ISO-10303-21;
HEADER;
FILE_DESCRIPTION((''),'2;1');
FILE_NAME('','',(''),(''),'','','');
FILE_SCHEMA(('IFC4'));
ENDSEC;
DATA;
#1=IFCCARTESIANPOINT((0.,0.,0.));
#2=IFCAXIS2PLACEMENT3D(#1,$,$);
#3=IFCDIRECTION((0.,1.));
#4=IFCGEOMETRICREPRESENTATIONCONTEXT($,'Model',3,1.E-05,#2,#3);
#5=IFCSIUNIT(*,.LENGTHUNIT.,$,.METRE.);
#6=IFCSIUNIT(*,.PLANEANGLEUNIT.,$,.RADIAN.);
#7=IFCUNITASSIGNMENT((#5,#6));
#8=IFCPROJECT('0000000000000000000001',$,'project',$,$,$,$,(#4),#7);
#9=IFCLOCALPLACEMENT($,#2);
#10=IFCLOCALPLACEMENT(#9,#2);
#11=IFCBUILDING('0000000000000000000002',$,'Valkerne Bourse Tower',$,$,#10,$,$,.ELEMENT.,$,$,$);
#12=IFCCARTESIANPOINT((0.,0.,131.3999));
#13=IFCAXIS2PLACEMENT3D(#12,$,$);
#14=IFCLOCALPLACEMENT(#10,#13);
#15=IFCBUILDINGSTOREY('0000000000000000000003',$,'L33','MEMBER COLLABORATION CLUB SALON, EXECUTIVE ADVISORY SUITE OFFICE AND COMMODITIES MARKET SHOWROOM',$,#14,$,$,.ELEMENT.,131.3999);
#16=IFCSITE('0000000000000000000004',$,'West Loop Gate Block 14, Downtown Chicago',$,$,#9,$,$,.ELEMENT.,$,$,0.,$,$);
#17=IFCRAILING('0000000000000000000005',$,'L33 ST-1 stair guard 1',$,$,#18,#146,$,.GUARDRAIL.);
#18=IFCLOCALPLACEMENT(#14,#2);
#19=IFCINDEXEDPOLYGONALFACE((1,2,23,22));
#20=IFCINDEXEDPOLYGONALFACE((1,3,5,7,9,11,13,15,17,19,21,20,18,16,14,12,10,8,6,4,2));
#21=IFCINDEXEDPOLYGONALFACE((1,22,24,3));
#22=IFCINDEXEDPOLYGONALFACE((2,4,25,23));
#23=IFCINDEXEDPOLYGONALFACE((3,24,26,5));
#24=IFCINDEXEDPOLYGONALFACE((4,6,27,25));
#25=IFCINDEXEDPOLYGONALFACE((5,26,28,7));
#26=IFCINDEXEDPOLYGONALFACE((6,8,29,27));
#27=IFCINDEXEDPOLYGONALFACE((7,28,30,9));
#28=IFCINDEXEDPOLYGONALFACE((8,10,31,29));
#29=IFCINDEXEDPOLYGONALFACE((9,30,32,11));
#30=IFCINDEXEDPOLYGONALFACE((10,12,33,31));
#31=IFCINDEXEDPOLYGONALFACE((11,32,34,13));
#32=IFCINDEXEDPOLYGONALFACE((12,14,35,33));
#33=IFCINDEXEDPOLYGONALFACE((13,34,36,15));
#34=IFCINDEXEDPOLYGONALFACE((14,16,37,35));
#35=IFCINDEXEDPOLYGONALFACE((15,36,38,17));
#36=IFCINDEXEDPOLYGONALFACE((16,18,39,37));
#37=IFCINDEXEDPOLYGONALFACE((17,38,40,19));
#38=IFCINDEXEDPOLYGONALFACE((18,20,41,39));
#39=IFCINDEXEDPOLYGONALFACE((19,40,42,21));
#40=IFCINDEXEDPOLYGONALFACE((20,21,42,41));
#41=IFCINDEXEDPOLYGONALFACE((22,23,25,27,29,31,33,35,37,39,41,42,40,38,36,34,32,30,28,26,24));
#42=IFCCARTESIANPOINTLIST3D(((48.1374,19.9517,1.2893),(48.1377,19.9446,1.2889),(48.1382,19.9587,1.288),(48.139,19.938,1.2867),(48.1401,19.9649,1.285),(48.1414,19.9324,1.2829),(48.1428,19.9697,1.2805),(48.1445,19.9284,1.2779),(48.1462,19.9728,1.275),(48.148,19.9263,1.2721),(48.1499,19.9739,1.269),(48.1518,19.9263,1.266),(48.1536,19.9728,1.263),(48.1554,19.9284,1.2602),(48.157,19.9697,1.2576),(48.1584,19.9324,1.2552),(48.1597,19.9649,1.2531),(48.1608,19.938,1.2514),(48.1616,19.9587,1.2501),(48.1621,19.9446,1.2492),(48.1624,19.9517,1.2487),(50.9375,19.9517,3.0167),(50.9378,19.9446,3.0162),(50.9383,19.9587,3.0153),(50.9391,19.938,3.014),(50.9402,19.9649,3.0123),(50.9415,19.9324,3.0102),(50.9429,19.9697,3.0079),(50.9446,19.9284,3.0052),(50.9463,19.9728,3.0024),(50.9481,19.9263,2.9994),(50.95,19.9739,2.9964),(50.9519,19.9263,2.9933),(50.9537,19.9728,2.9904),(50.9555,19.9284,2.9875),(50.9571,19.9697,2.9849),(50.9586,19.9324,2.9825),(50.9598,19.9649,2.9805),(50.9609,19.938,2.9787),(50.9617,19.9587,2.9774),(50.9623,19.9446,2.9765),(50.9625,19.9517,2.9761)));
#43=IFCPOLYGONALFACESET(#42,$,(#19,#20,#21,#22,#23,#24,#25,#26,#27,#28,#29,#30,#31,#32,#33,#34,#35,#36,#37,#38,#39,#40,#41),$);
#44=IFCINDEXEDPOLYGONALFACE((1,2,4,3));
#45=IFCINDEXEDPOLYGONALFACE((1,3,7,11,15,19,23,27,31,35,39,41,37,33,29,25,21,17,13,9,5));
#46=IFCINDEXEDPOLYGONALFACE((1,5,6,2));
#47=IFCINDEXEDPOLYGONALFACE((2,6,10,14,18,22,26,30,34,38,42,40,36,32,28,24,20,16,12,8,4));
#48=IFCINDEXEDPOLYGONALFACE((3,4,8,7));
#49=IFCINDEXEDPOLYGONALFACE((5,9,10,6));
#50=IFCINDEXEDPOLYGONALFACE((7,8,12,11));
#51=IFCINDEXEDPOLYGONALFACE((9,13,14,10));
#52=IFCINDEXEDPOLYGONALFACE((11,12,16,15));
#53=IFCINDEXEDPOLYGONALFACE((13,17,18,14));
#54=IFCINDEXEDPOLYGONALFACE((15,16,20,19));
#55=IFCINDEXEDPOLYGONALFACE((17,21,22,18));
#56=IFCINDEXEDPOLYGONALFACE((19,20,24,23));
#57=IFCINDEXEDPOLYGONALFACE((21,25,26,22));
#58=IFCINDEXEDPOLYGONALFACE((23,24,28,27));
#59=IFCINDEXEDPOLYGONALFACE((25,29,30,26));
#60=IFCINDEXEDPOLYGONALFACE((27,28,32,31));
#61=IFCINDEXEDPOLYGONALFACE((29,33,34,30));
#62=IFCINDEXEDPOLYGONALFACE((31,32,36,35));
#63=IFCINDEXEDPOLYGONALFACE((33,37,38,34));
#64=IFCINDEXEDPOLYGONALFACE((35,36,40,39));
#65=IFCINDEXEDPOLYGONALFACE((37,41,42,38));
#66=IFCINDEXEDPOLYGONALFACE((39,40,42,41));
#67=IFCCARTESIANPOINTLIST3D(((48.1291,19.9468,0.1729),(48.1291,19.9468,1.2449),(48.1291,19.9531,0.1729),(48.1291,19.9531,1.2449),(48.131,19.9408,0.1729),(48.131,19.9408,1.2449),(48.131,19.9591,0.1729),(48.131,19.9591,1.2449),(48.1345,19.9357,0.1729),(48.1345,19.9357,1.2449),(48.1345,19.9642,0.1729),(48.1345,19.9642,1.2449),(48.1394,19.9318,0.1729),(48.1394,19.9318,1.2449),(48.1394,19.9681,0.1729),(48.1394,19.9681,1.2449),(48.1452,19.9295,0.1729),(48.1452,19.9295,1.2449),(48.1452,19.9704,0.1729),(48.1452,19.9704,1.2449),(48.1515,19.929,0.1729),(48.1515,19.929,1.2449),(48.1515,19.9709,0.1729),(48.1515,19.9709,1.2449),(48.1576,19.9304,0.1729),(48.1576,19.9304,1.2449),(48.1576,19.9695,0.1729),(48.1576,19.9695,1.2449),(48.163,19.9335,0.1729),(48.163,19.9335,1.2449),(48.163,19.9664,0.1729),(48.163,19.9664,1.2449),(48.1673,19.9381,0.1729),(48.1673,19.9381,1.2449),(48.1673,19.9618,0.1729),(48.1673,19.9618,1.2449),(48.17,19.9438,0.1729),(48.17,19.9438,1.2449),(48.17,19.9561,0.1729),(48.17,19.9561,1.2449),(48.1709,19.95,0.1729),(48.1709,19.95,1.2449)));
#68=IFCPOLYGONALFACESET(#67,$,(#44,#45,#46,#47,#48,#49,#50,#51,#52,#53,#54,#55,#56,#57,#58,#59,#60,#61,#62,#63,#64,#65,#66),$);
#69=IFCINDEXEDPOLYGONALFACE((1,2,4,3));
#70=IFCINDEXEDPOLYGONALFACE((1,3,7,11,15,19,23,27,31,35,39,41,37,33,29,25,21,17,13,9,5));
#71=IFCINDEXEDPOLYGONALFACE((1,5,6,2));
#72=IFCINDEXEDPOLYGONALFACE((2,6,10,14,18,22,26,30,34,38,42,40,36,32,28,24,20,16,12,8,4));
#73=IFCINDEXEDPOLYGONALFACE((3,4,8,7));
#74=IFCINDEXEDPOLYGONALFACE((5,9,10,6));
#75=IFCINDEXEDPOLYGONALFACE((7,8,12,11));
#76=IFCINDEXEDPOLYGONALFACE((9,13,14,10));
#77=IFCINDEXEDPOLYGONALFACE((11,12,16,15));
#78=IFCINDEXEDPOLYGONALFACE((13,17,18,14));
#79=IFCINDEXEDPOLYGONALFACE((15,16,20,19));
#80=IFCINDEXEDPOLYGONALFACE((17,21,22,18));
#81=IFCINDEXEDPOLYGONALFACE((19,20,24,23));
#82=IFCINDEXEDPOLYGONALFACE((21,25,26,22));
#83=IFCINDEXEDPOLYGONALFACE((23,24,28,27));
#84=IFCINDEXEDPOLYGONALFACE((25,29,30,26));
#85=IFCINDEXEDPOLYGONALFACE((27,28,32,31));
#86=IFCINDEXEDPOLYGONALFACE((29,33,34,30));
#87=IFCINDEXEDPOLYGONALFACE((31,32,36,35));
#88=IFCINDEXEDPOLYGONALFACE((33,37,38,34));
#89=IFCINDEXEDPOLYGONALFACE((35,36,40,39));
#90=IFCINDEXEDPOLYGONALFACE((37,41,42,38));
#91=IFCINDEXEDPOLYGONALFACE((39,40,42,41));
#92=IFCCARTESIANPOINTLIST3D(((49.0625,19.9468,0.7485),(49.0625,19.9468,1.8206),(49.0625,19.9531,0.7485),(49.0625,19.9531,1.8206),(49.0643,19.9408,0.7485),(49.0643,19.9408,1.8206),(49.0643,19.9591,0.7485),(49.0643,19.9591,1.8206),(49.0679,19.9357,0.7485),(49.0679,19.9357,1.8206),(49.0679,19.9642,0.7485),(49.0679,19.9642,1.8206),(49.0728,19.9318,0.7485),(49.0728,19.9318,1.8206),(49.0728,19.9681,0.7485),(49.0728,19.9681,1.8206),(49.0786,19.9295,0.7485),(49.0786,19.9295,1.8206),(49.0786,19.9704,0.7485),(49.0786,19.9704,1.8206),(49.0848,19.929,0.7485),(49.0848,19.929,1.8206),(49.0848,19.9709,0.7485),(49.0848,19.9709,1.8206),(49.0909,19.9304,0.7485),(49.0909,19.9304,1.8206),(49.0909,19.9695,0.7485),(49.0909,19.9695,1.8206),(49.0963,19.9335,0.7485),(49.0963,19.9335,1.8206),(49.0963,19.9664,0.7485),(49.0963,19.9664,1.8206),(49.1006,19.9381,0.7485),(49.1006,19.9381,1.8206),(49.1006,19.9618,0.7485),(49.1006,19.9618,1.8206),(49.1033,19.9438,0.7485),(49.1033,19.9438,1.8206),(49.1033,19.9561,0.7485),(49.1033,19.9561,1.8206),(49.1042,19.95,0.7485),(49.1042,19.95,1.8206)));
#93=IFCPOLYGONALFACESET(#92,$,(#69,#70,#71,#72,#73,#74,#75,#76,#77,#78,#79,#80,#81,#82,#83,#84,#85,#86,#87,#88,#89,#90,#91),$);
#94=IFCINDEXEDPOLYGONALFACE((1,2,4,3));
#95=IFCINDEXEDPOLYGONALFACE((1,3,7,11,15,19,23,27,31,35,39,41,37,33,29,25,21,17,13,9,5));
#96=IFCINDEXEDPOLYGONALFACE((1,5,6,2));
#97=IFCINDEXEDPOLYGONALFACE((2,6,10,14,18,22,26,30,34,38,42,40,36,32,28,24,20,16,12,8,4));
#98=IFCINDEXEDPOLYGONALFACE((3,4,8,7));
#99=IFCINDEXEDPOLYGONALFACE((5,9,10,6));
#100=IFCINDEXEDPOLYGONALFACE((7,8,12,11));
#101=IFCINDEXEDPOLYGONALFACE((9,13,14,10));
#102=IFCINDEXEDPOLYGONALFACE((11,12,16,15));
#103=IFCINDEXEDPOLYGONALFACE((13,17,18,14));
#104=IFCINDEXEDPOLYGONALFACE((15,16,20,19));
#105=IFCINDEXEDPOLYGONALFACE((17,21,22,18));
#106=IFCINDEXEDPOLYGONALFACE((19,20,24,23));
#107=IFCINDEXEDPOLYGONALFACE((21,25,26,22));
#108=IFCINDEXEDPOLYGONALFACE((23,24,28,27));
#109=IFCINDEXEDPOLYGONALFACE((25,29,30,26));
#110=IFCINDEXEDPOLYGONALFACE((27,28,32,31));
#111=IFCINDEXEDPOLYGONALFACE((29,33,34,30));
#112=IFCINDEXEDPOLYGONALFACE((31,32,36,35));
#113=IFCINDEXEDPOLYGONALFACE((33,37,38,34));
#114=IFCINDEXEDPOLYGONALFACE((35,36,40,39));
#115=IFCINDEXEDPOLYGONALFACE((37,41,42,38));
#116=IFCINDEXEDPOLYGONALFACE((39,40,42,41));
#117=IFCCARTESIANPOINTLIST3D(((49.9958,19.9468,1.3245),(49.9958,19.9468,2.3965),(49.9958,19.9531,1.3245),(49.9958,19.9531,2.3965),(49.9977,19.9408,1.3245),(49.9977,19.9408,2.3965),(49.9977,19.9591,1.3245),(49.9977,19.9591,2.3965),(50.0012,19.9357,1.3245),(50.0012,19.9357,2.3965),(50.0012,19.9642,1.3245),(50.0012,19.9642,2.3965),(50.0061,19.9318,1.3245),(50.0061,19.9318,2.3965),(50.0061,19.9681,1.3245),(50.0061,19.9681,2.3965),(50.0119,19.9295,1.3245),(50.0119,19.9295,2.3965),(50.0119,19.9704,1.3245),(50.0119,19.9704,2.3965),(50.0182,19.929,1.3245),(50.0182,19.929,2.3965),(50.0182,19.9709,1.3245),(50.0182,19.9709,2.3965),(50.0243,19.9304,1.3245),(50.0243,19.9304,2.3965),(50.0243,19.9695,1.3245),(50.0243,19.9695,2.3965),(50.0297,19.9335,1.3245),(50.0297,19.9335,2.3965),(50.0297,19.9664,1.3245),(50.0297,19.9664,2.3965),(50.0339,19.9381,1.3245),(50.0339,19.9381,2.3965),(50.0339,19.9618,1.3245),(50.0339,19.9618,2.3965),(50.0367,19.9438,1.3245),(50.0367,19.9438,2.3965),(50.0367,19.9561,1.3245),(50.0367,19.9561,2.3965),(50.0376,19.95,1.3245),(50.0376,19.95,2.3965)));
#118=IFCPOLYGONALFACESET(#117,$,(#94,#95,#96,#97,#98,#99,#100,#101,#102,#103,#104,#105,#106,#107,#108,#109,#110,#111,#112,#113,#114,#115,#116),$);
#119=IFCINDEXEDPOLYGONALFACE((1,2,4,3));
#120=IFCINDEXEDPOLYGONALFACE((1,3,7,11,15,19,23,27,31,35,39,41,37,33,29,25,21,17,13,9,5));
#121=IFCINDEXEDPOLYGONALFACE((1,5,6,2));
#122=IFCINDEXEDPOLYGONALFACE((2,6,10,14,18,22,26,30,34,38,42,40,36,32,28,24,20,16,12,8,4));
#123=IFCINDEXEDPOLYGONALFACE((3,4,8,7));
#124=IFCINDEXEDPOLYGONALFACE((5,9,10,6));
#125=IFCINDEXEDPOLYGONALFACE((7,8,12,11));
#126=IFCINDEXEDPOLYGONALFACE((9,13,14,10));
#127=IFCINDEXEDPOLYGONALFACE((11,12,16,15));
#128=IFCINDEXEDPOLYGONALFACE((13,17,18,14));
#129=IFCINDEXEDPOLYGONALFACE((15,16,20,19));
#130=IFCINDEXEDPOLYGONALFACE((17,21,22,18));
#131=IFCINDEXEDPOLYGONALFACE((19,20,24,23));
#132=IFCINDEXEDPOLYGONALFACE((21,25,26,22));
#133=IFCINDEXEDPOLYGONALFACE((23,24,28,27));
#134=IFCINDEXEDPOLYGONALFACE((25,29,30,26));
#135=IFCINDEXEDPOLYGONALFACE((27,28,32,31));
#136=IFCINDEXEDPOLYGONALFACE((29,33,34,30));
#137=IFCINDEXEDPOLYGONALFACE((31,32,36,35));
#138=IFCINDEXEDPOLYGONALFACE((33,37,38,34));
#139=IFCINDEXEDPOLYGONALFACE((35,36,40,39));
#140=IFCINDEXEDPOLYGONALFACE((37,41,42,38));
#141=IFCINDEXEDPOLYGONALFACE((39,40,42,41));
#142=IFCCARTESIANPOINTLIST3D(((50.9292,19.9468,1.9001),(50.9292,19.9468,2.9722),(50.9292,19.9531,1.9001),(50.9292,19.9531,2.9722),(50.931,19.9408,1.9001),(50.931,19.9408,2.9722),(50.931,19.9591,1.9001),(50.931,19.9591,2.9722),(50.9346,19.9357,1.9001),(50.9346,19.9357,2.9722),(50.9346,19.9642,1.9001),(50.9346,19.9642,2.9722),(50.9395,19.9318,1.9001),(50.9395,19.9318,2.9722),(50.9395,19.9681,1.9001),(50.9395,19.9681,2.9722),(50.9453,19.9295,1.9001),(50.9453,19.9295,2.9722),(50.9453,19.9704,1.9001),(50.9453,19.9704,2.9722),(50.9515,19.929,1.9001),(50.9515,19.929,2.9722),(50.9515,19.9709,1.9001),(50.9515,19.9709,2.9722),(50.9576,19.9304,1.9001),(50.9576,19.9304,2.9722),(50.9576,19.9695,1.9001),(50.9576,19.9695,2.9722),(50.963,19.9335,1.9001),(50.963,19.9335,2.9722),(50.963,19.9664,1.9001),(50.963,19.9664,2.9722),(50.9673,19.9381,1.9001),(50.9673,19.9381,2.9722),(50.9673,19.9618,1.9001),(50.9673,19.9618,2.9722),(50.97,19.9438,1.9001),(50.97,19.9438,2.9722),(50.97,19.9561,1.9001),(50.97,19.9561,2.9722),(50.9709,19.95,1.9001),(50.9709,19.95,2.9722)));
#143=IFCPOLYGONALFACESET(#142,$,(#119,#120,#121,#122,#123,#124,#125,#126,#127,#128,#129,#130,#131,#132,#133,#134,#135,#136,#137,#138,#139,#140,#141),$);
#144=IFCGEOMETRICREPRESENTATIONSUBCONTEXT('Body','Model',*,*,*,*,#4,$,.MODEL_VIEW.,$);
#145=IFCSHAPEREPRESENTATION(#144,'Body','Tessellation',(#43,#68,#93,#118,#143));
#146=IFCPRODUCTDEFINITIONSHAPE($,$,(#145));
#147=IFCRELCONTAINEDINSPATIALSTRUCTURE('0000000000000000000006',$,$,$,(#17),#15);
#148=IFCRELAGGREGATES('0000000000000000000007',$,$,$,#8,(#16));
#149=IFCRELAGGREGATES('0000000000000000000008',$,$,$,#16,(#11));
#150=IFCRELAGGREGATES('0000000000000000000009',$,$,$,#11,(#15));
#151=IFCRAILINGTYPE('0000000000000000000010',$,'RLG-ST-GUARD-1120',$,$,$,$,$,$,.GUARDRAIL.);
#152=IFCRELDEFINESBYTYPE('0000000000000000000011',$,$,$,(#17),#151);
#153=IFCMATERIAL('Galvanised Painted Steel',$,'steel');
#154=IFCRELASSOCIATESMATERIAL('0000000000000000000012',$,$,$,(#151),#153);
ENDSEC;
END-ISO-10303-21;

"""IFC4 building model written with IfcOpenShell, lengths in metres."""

from ifc_helpers import new_model, si_unit, direction, frame, origin, origin_2d, place, context, subcontext, project, spatial, circle, extrude, material, type_object, element, save


model = new_model("IFC4")

# Units and contexts
model_context = context("Model", 3, precision=1e-05, world=origin(), true_north=direction((0.0, 1.0)))
body_context = subcontext(model_context, "Body", "Model", "MODEL_VIEW")
ifc_project = project(units=[si_unit("LENGTHUNIT", "METRE"), si_unit("PLANEANGLEUNIT", "RADIAN")], contexts=[model_context])

# Site, building, storey
site_placement = place(None, origin())
site = spatial("IfcSite", under=ifc_project, at=site_placement, Name="West Loop Gate Block 14, Downtown Chicago", CompositionType="ELEMENT", RefElevation=0.0)
building_placement = place(site_placement, origin())
building = spatial("IfcBuilding", under=site, at=building_placement, Name="Valkerne Bourse Tower", CompositionType="ELEMENT")
storey_placement = place(building_placement, frame((0.0, 0.0, 131.3999)))
storey = spatial("IfcBuildingStorey", under=building, at=storey_placement, Name="L33", Description="MEMBER COLLABORATION CLUB SALON, EXECUTIVE ADVISORY SUITE OFFICE AND COMMODITIES MARKET SHOWROOM", CompositionType="ELEMENT", Elevation=131.3999)

# Shared definitions
ifc_material_1 = material(Name="Galvanised Painted Steel", Category="steel")

# Railing
railing_type_1 = type_object("IfcRailingType", Name="RLG-ST-GUARD-1120", PredefinedType="GUARDRAIL", material=ifc_material_1)
railing_1_placement = place(storey_placement, frame((48.1499, 19.95, 0.1729)))
element("IfcRailing", 1, at=railing_1_placement, inside=storey, type_object=railing_type_1, Name="L33 ST-1 stair guard 1", PredefinedType="GUARDRAIL", context=body_context, shape_type="SweptSolid", body=[
    extrude(circle(Radius=0.0239, at=origin_2d()), frame((0.0, 0.0, 1.0962), z_axis=(0.85109, 0.0, 0.52502), x_axis=(0.0, 1.0, 0.0)), (0.0, 0.0, 1.0), 3.29),
    extrude(circle(Radius=0.021, at=origin_2d()), origin(), (0.0, 0.0, 1.0), 1.072),
    extrude(circle(Radius=0.021, at=origin_2d()), frame((0.9333, 0.0, 0.5757)), (0.0, 0.0, 1.0), 1.072),
    extrude(circle(Radius=0.021, at=origin_2d()), frame((1.8667, 0.0, 1.1516)), (0.0, 0.0, 1.0), 1.072),
    extrude(circle(Radius=0.021, at=origin_2d()), frame((2.8, 0.0, 1.7273)), (0.0, 0.0, 1.0), 1.072),
])

save(model, "model.ifc")
